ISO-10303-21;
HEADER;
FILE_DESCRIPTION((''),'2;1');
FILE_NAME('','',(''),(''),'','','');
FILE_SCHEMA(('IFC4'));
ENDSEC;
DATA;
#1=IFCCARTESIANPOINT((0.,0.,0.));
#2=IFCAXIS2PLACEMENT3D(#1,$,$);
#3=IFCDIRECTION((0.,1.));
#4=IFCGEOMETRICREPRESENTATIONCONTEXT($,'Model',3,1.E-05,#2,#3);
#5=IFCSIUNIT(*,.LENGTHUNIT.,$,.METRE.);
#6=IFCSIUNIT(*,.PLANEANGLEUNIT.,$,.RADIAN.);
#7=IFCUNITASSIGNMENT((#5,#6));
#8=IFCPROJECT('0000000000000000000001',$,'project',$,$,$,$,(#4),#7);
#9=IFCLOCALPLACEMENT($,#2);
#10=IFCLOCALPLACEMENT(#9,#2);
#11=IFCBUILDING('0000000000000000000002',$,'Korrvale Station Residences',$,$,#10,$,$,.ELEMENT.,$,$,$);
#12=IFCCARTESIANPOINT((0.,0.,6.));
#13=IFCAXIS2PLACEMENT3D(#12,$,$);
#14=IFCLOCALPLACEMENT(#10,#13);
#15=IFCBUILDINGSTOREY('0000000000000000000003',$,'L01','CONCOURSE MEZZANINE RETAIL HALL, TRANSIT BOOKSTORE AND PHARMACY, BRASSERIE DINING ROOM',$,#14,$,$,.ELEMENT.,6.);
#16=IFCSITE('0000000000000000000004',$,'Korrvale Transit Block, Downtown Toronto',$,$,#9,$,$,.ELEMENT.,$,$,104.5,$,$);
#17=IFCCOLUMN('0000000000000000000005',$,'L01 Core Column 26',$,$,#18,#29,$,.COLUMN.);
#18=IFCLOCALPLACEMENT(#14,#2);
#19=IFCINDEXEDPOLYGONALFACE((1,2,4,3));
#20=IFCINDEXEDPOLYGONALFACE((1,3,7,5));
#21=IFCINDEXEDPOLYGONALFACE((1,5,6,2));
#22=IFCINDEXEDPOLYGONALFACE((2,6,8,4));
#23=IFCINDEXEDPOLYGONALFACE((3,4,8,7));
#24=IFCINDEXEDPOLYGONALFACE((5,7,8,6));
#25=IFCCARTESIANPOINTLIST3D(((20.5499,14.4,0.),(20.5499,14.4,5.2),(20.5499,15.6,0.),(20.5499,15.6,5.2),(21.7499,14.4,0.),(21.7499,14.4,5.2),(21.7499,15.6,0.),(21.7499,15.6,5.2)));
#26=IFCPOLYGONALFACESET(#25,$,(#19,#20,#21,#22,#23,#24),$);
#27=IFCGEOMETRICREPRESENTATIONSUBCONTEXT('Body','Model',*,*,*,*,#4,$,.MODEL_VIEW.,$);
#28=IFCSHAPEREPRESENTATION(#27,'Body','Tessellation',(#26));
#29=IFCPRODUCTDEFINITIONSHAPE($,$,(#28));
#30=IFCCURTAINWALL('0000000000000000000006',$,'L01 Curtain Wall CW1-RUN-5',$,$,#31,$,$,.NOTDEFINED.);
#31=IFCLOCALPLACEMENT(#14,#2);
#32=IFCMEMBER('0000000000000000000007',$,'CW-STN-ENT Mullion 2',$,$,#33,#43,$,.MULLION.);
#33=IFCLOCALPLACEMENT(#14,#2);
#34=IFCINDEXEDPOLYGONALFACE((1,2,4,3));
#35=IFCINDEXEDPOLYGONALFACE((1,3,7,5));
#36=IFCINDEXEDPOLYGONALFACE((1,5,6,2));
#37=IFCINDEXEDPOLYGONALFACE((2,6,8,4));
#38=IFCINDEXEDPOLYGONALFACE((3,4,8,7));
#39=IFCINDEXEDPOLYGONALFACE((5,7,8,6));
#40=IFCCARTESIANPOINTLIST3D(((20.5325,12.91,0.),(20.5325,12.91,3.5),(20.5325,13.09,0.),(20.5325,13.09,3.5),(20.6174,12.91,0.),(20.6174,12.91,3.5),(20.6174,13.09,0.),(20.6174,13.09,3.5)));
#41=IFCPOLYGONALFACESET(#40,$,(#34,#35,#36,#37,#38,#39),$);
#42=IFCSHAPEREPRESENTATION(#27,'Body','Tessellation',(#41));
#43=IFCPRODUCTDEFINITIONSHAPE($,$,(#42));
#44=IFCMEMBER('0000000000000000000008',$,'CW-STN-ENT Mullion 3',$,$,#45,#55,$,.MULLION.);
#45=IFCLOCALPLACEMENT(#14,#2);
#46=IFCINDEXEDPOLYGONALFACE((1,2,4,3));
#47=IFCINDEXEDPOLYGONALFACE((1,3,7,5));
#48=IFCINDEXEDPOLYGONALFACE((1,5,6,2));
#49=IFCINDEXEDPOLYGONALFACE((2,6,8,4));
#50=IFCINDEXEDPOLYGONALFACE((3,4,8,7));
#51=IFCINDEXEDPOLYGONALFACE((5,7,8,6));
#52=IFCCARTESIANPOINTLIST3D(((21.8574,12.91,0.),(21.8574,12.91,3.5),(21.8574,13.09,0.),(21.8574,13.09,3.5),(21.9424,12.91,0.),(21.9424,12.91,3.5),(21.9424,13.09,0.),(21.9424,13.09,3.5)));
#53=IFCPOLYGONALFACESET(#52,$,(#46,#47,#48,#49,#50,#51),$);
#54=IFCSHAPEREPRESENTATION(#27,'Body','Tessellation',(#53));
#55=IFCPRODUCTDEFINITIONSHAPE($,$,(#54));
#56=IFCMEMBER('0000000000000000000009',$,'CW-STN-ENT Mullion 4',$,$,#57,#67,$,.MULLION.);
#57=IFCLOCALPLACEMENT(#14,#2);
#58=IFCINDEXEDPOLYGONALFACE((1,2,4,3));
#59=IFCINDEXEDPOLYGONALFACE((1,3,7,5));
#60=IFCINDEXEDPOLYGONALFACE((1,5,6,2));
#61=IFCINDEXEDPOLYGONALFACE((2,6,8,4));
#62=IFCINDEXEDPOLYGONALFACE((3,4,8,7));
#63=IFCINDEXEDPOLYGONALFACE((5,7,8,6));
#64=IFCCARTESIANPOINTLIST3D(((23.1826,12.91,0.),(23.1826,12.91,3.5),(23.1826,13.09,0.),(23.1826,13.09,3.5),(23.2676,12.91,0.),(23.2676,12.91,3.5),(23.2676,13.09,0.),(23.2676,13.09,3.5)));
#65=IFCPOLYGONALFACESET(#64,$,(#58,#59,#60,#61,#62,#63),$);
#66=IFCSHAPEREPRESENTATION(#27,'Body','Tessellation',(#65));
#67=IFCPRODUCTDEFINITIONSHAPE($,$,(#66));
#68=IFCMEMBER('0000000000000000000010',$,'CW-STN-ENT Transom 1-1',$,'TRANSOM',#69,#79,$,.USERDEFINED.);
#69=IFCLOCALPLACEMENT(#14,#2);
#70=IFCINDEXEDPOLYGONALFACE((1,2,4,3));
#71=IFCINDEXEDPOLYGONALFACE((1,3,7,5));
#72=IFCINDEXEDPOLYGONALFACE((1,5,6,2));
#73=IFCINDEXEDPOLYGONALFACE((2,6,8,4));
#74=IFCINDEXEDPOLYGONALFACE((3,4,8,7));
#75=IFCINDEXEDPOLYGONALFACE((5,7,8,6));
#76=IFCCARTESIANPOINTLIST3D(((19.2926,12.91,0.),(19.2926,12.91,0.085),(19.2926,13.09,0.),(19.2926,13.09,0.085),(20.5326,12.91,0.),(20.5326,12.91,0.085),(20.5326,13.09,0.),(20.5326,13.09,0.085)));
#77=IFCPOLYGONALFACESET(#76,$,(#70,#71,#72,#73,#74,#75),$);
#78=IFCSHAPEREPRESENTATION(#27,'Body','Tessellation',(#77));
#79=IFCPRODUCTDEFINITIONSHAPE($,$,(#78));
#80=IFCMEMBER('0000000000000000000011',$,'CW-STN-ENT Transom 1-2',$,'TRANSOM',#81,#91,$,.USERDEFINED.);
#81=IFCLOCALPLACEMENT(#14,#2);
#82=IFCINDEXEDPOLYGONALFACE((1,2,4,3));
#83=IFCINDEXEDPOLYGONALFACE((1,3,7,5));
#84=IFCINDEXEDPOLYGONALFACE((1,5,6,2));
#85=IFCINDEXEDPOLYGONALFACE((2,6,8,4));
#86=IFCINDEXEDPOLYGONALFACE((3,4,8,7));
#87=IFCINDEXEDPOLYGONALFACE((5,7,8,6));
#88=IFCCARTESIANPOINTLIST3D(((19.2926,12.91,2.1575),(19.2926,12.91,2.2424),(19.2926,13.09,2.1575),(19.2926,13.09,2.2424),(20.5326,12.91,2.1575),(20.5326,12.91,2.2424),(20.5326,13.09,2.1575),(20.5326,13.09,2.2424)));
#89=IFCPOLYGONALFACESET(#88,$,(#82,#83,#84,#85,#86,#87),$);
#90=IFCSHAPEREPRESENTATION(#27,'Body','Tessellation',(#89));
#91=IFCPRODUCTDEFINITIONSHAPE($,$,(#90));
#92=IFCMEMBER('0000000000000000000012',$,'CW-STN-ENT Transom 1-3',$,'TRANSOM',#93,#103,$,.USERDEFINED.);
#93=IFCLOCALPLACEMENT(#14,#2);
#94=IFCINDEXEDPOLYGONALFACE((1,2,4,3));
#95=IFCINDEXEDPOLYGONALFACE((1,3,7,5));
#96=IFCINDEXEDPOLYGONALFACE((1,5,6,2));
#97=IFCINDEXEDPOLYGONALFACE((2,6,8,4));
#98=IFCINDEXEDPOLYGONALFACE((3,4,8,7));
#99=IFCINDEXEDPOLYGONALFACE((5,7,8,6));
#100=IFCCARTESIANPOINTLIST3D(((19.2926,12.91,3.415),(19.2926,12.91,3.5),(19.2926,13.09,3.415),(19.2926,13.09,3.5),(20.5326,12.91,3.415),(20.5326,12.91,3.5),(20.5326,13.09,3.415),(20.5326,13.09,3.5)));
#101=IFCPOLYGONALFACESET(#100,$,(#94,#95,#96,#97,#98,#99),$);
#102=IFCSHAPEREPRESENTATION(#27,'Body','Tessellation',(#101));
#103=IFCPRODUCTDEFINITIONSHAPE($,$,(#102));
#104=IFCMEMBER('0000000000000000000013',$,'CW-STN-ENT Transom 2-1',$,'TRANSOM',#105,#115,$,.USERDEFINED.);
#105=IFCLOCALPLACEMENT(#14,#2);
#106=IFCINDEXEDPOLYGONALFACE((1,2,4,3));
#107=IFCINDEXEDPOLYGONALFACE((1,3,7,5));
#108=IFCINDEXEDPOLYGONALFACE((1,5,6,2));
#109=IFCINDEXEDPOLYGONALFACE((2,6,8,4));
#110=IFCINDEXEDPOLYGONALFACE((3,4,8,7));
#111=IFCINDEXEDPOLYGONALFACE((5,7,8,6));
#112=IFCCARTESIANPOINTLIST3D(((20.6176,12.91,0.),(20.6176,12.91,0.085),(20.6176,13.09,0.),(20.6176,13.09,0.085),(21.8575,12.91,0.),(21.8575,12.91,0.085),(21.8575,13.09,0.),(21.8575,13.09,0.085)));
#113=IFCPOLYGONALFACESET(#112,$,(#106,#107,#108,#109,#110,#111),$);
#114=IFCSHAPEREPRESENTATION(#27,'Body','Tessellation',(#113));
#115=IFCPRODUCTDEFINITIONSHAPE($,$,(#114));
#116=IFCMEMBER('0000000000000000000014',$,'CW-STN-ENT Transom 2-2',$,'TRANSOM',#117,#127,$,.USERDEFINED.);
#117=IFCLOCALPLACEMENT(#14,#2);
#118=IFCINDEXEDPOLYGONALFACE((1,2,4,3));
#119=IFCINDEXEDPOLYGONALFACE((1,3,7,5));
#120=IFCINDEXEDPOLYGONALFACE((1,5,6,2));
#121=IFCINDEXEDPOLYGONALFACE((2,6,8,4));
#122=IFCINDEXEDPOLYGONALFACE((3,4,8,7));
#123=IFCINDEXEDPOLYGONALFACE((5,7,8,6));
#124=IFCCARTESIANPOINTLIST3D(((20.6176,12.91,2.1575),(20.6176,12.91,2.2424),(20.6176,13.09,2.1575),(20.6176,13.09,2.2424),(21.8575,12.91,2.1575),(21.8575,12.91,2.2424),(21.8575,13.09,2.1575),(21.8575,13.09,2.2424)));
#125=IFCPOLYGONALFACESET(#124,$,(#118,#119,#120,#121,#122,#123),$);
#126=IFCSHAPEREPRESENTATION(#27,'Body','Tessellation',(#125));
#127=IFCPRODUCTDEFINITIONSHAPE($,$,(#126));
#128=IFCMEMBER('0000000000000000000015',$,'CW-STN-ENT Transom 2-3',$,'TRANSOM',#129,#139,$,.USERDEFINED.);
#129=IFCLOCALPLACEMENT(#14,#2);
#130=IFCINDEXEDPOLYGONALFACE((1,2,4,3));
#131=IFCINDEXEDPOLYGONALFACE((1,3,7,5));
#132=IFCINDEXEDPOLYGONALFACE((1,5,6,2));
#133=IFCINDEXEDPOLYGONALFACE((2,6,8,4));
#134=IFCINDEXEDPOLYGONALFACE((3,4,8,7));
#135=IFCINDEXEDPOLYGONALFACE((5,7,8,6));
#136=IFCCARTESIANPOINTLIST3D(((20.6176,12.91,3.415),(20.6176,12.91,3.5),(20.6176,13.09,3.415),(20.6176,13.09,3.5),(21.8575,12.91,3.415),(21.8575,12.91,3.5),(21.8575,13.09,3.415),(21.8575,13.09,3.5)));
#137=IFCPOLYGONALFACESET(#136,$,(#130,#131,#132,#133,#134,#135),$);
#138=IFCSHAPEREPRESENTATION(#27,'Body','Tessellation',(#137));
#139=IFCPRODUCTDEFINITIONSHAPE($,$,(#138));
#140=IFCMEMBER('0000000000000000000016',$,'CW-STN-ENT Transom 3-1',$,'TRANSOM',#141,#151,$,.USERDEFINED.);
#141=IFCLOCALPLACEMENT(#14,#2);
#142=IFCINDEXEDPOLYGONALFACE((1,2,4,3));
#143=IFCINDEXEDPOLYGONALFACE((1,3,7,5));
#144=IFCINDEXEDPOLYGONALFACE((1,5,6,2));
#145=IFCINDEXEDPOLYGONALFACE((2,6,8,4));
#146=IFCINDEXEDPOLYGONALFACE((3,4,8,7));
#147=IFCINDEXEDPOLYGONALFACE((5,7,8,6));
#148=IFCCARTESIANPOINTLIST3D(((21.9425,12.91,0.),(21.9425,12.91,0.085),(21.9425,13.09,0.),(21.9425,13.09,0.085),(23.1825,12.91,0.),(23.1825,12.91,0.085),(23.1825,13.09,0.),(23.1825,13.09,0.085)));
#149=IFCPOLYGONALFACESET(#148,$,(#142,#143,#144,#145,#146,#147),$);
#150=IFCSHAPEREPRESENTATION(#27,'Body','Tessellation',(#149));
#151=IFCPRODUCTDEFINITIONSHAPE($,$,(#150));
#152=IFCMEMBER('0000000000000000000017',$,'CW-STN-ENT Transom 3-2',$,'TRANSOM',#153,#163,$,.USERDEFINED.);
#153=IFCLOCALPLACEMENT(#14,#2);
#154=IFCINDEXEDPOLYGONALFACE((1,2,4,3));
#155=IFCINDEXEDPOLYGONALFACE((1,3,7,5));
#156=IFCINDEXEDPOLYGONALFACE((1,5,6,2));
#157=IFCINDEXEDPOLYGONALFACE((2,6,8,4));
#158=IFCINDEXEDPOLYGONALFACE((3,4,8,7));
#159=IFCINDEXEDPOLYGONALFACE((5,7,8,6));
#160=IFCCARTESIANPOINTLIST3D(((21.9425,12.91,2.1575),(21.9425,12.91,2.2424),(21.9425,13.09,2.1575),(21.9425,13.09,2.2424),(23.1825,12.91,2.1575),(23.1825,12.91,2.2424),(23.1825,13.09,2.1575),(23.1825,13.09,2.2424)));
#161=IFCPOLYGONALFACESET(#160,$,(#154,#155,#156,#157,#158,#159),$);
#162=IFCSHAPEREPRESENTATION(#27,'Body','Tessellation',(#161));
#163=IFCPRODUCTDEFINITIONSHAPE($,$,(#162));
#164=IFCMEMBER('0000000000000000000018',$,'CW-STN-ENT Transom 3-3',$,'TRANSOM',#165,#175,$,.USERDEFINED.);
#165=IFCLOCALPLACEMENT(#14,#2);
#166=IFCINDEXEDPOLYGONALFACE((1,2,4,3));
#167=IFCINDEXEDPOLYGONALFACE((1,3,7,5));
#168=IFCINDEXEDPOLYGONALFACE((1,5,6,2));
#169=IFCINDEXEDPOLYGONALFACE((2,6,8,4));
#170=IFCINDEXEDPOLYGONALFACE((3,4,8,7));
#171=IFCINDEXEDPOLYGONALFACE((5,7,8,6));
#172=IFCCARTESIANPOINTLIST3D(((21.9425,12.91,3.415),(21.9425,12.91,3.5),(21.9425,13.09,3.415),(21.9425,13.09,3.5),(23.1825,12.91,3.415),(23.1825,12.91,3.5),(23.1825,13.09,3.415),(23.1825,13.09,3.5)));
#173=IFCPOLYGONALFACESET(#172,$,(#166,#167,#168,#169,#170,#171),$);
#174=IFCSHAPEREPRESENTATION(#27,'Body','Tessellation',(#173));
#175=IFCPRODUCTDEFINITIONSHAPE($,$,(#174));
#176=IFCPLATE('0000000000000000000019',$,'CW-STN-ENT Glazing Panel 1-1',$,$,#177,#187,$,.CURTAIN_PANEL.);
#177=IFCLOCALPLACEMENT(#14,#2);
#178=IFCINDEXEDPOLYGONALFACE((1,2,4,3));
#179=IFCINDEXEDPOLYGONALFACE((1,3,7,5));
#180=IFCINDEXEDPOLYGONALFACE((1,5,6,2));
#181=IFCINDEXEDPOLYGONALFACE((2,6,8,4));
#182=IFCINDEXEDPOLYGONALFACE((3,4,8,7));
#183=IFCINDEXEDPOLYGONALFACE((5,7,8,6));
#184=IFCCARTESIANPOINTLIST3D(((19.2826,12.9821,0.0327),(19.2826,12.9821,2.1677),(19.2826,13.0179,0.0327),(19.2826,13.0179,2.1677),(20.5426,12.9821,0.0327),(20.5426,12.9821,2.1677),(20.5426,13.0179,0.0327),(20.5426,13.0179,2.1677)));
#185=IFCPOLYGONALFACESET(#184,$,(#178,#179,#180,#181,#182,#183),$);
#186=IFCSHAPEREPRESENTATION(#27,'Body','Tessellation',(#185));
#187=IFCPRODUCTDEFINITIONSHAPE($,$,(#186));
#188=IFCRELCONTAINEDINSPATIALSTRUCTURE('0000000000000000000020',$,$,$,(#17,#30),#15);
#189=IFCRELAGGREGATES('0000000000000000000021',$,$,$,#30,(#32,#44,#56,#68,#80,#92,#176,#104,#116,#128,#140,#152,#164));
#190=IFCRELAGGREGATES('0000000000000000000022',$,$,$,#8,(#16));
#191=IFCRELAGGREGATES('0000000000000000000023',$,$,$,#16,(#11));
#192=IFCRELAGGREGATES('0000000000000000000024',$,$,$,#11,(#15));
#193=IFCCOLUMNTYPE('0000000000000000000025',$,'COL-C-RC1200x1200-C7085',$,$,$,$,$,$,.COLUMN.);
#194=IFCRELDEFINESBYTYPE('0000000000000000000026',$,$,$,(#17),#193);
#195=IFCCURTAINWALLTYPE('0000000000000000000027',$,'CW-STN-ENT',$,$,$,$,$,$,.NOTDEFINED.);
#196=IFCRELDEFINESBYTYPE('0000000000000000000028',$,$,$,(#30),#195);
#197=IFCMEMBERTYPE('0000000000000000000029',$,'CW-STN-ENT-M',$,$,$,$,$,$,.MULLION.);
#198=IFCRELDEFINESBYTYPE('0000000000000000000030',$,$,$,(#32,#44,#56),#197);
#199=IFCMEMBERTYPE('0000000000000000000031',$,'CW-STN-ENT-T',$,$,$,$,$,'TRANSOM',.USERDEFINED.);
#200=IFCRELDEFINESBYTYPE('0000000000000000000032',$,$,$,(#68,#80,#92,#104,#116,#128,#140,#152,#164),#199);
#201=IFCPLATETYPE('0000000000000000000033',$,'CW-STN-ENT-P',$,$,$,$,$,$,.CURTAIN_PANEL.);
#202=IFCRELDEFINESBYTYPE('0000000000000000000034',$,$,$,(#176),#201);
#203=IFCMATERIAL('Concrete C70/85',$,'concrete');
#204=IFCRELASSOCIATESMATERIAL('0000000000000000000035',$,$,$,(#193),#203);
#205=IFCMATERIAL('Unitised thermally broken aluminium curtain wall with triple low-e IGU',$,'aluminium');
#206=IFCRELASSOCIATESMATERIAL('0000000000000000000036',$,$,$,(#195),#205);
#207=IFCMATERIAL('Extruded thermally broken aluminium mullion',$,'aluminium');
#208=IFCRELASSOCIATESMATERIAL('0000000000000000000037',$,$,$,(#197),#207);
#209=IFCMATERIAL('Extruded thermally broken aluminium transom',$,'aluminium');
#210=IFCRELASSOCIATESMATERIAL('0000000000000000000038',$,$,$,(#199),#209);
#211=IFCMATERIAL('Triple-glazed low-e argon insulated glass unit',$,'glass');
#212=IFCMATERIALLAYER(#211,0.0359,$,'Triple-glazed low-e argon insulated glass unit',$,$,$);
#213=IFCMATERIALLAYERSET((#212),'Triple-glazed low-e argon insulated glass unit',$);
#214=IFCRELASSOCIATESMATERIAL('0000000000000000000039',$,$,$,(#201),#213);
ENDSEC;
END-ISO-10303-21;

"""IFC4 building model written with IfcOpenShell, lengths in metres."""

from ifc_helpers import new_model, si_unit, direction, frame, origin, origin_2d, place, context, subcontext, project, spatial, rectangle, extrude, material, layer, layer_set, material_profile, profile_set, type_object, element, aggregate, save


model = new_model("IFC4")

# Units and contexts
model_context = context("Model", 3, precision=1e-05, world=origin(), true_north=direction((0.0, 1.0)))
body_context = subcontext(model_context, "Body", "Model", "MODEL_VIEW")
ifc_project = project(units=[si_unit("LENGTHUNIT", "METRE"), si_unit("PLANEANGLEUNIT", "RADIAN")], contexts=[model_context])

# Site, building, storey
site_placement = place(None, origin())
site = spatial("IfcSite", under=ifc_project, at=site_placement, Name="Korrvale Transit Block, Downtown Toronto", CompositionType="ELEMENT", RefElevation=104.5)
building_placement = place(site_placement, origin())
building = spatial("IfcBuilding", under=site, at=building_placement, Name="Korrvale Station Residences", CompositionType="ELEMENT")
storey_placement = place(building_placement, frame((0.0, 0.0, 6.0)))
storey = spatial("IfcBuildingStorey", under=building, at=storey_placement, Name="L01", Description="CONCOURSE MEZZANINE RETAIL HALL, TRANSIT BOOKSTORE AND PHARMACY, BRASSERIE DINING ROOM", CompositionType="ELEMENT", Elevation=6.0)

# Column
ifc_material_1 = material(Name="Concrete C70/85", Category="concrete")
ifc_material_profile = material_profile(ifc_material_1, rectangle(XDim=1.2, YDim=1.2, at=origin_2d()), Name="RC1200x1200")
ifc_profile_set = profile_set([ifc_material_profile], Name="Concrete C70/85")
column_type = type_object("IfcColumnType", Name="COL-C-RC1200x1200-C7085", PredefinedType="COLUMN", material=ifc_profile_set)
column_placement = place(storey_placement, frame((21.1499, 15.0, 0.0), z_axis=(0.0, 0.0, 1.0), x_axis=(1.0, 0.0, 0.0)))
element("IfcColumn", 1, at=column_placement, inside=storey, type_object=column_type, Name="L01 Core Column 26", PredefinedType="COLUMN", context=body_context, shape_type="SweptSolid", body=[
    extrude(rectangle(XDim=1.2, YDim=1.2, at=origin_2d()), origin(), (0.0, 0.0, 1.0), 5.2),
])

# Curtain wall, members, plate
ifc_material_2 = material(Name="Unitised thermally broken aluminium curtain wall with triple low-e IGU", Category="aluminium")
curtain_wall_type = type_object("IfcCurtainWallType", Name="CW-STN-ENT", PredefinedType="NOTDEFINED", material=ifc_material_2)
curtain_wall_placement = place(storey_placement, origin())
curtain_wall = element("IfcCurtainWall", 2, at=curtain_wall_placement, inside=storey, type_object=curtain_wall_type, Name="L01 Curtain Wall CW1-RUN-5", PredefinedType="NOTDEFINED")
ifc_material_3 = material(Name="Extruded thermally broken aluminium mullion", Category="aluminium")
member_type_1 = type_object("IfcMemberType", Name="CW-STN-ENT-M", PredefinedType="MULLION", material=ifc_material_3)
member_1_placement = place(storey_placement, frame((20.575, 13.0, 0.0), z_axis=(0.0, 0.0, 1.0), x_axis=(1.0, 0.0, 0.0)))
member_1 = element("IfcMember", 3, at=member_1_placement, type_object=member_type_1, Name="CW-STN-ENT Mullion 2", PredefinedType="MULLION", context=body_context, shape_type="SweptSolid", body=[
    extrude(rectangle(XDim=0.085, YDim=0.1799, at=origin_2d()), origin(), (0.0, 0.0, 1.0), 3.5),
])
member_2_placement = place(storey_placement, frame((21.8999, 13.0, 0.0), z_axis=(0.0, 0.0, 1.0), x_axis=(1.0, 0.0, 0.0)))
member_2 = element("IfcMember", 4, at=member_2_placement, type_object=member_type_1, Name="CW-STN-ENT Mullion 3", PredefinedType="MULLION", context=body_context, shape_type="SweptSolid", body=[
    extrude(rectangle(XDim=0.085, YDim=0.1799, at=origin_2d()), origin(), (0.0, 0.0, 1.0), 3.5),
])
member_3_placement = place(storey_placement, frame((23.2251, 13.0, 0.0), z_axis=(0.0, 0.0, 1.0), x_axis=(1.0, 0.0, 0.0)))
member_3 = element("IfcMember", 5, at=member_3_placement, type_object=member_type_1, Name="CW-STN-ENT Mullion 4", PredefinedType="MULLION", context=body_context, shape_type="SweptSolid", body=[
    extrude(rectangle(XDim=0.085, YDim=0.1799, at=origin_2d()), origin(), (0.0, 0.0, 1.0), 3.5),
])
ifc_material_4 = material(Name="Extruded thermally broken aluminium transom", Category="aluminium")
member_type_2 = type_object("IfcMemberType", Name="CW-STN-ENT-T", ElementType="TRANSOM", PredefinedType="USERDEFINED", material=ifc_material_4)
member_4_placement = place(storey_placement, frame((19.9126, 13.0, 0.0), z_axis=(0.0, 0.0, 1.0), x_axis=(1.0, 0.0, 0.0)))
member_4 = element("IfcMember", 6, at=member_4_placement, type_object=member_type_2, Name="CW-STN-ENT Transom 1-1", ObjectType="TRANSOM", PredefinedType="USERDEFINED", context=body_context, shape_type="SweptSolid", body=[
    extrude(rectangle(XDim=1.24, YDim=0.1799, at=origin_2d()), origin(), (0.0, 0.0, 1.0), 0.085),
])
member_5_placement = place(storey_placement, frame((19.9126, 13.0, 2.1575), z_axis=(0.0, 0.0, 1.0), x_axis=(1.0, 0.0, 0.0)))
member_5 = element("IfcMember", 7, at=member_5_placement, type_object=member_type_2, Name="CW-STN-ENT Transom 1-2", ObjectType="TRANSOM", PredefinedType="USERDEFINED", context=body_context, shape_type="SweptSolid", body=[
    extrude(rectangle(XDim=1.24, YDim=0.1799, at=origin_2d()), origin(), (0.0, 0.0, 1.0), 0.085),
])
member_6_placement = place(storey_placement, frame((19.9126, 13.0, 3.415), z_axis=(0.0, 0.0, 1.0), x_axis=(1.0, 0.0, 0.0)))
member_6 = element("IfcMember", 8, at=member_6_placement, type_object=member_type_2, Name="CW-STN-ENT Transom 1-3", ObjectType="TRANSOM", PredefinedType="USERDEFINED", context=body_context, shape_type="SweptSolid", body=[
    extrude(rectangle(XDim=1.24, YDim=0.1799, at=origin_2d()), origin(), (0.0, 0.0, 1.0), 0.085),
])
member_7_placement = place(storey_placement, frame((21.2375, 13.0, 0.0), z_axis=(0.0, 0.0, 1.0), x_axis=(1.0, 0.0, 0.0)))
member_7 = element("IfcMember", 9, at=member_7_placement, type_object=member_type_2, Name="CW-STN-ENT Transom 2-1", ObjectType="TRANSOM", PredefinedType="USERDEFINED", context=body_context, shape_type="SweptSolid", body=[
    extrude(rectangle(XDim=1.24, YDim=0.1799, at=origin_2d()), origin(), (0.0, 0.0, 1.0), 0.085),
])
member_8_placement = place(storey_placement, frame((21.2375, 13.0, 2.1575), z_axis=(0.0, 0.0, 1.0), x_axis=(1.0, 0.0, 0.0)))
member_8 = element("IfcMember", 10, at=member_8_placement, type_object=member_type_2, Name="CW-STN-ENT Transom 2-2", ObjectType="TRANSOM", PredefinedType="USERDEFINED", context=body_context, shape_type="SweptSolid", body=[
    extrude(rectangle(XDim=1.24, YDim=0.1799, at=origin_2d()), origin(), (0.0, 0.0, 1.0), 0.085),
])
member_9_placement = place(storey_placement, frame((21.2375, 13.0, 3.415), z_axis=(0.0, 0.0, 1.0), x_axis=(1.0, 0.0, 0.0)))
member_9 = element("IfcMember", 11, at=member_9_placement, type_object=member_type_2, Name="CW-STN-ENT Transom 2-3", ObjectType="TRANSOM", PredefinedType="USERDEFINED", context=body_context, shape_type="SweptSolid", body=[
    extrude(rectangle(XDim=1.24, YDim=0.1799, at=origin_2d()), origin(), (0.0, 0.0, 1.0), 0.085),
])
member_10_placement = place(storey_placement, frame((22.5625, 13.0, 0.0), z_axis=(0.0, 0.0, 1.0), x_axis=(1.0, 0.0, 0.0)))
member_10 = element("IfcMember", 12, at=member_10_placement, type_object=member_type_2, Name="CW-STN-ENT Transom 3-1", ObjectType="TRANSOM", PredefinedType="USERDEFINED", context=body_context, shape_type="SweptSolid", body=[
    extrude(rectangle(XDim=1.24, YDim=0.1799, at=origin_2d()), origin(), (0.0, 0.0, 1.0), 0.085),
])
member_11_placement = place(storey_placement, frame((22.5625, 13.0, 2.1575), z_axis=(0.0, 0.0, 1.0), x_axis=(1.0, 0.0, 0.0)))
member_11 = element("IfcMember", 13, at=member_11_placement, type_object=member_type_2, Name="CW-STN-ENT Transom 3-2", ObjectType="TRANSOM", PredefinedType="USERDEFINED", context=body_context, shape_type="SweptSolid", body=[
    extrude(rectangle(XDim=1.24, YDim=0.1799, at=origin_2d()), origin(), (0.0, 0.0, 1.0), 0.085),
])
member_12_placement = place(storey_placement, frame((22.5625, 13.0, 3.415), z_axis=(0.0, 0.0, 1.0), x_axis=(1.0, 0.0, 0.0)))
member_12 = element("IfcMember", 14, at=member_12_placement, type_object=member_type_2, Name="CW-STN-ENT Transom 3-3", ObjectType="TRANSOM", PredefinedType="USERDEFINED", context=body_context, shape_type="SweptSolid", body=[
    extrude(rectangle(XDim=1.24, YDim=0.1799, at=origin_2d()), origin(), (0.0, 0.0, 1.0), 0.085),
])
ifc_material_5 = material(Name="Triple-glazed low-e argon insulated glass unit", Category="glass")
ifc_layer_1 = layer(ifc_material_5, 0.0359, Name="Triple-glazed low-e argon insulated glass unit")
ifc_layer_set_1 = layer_set([ifc_layer_1], Name="Triple-glazed low-e argon insulated glass unit")
plate_type = type_object("IfcPlateType", Name="CW-STN-ENT-P", PredefinedType="CURTAIN_PANEL", material=ifc_layer_set_1)
plate_1_placement = place(storey_placement, frame((19.9126, 13.0, 0.0327), z_axis=(0.0, 0.0, 1.0), x_axis=(1.0, 0.0, 0.0)))
plate_1 = element("IfcPlate", 15, at=plate_1_placement, type_object=plate_type, Name="CW-STN-ENT Glazing Panel 1-1", PredefinedType="CURTAIN_PANEL", context=body_context, shape_type="SweptSolid", body=[
    extrude(rectangle(XDim=1.26, YDim=0.0359, at=origin_2d()), origin(), (0.0, 0.0, 1.0), 2.135),
])
aggregate(curtain_wall, [member_1, member_2, member_3, member_4, member_5, member_6, plate_1, member_7, member_8, member_9, member_10, member_11, member_12])

save(model, "model.ifc")
